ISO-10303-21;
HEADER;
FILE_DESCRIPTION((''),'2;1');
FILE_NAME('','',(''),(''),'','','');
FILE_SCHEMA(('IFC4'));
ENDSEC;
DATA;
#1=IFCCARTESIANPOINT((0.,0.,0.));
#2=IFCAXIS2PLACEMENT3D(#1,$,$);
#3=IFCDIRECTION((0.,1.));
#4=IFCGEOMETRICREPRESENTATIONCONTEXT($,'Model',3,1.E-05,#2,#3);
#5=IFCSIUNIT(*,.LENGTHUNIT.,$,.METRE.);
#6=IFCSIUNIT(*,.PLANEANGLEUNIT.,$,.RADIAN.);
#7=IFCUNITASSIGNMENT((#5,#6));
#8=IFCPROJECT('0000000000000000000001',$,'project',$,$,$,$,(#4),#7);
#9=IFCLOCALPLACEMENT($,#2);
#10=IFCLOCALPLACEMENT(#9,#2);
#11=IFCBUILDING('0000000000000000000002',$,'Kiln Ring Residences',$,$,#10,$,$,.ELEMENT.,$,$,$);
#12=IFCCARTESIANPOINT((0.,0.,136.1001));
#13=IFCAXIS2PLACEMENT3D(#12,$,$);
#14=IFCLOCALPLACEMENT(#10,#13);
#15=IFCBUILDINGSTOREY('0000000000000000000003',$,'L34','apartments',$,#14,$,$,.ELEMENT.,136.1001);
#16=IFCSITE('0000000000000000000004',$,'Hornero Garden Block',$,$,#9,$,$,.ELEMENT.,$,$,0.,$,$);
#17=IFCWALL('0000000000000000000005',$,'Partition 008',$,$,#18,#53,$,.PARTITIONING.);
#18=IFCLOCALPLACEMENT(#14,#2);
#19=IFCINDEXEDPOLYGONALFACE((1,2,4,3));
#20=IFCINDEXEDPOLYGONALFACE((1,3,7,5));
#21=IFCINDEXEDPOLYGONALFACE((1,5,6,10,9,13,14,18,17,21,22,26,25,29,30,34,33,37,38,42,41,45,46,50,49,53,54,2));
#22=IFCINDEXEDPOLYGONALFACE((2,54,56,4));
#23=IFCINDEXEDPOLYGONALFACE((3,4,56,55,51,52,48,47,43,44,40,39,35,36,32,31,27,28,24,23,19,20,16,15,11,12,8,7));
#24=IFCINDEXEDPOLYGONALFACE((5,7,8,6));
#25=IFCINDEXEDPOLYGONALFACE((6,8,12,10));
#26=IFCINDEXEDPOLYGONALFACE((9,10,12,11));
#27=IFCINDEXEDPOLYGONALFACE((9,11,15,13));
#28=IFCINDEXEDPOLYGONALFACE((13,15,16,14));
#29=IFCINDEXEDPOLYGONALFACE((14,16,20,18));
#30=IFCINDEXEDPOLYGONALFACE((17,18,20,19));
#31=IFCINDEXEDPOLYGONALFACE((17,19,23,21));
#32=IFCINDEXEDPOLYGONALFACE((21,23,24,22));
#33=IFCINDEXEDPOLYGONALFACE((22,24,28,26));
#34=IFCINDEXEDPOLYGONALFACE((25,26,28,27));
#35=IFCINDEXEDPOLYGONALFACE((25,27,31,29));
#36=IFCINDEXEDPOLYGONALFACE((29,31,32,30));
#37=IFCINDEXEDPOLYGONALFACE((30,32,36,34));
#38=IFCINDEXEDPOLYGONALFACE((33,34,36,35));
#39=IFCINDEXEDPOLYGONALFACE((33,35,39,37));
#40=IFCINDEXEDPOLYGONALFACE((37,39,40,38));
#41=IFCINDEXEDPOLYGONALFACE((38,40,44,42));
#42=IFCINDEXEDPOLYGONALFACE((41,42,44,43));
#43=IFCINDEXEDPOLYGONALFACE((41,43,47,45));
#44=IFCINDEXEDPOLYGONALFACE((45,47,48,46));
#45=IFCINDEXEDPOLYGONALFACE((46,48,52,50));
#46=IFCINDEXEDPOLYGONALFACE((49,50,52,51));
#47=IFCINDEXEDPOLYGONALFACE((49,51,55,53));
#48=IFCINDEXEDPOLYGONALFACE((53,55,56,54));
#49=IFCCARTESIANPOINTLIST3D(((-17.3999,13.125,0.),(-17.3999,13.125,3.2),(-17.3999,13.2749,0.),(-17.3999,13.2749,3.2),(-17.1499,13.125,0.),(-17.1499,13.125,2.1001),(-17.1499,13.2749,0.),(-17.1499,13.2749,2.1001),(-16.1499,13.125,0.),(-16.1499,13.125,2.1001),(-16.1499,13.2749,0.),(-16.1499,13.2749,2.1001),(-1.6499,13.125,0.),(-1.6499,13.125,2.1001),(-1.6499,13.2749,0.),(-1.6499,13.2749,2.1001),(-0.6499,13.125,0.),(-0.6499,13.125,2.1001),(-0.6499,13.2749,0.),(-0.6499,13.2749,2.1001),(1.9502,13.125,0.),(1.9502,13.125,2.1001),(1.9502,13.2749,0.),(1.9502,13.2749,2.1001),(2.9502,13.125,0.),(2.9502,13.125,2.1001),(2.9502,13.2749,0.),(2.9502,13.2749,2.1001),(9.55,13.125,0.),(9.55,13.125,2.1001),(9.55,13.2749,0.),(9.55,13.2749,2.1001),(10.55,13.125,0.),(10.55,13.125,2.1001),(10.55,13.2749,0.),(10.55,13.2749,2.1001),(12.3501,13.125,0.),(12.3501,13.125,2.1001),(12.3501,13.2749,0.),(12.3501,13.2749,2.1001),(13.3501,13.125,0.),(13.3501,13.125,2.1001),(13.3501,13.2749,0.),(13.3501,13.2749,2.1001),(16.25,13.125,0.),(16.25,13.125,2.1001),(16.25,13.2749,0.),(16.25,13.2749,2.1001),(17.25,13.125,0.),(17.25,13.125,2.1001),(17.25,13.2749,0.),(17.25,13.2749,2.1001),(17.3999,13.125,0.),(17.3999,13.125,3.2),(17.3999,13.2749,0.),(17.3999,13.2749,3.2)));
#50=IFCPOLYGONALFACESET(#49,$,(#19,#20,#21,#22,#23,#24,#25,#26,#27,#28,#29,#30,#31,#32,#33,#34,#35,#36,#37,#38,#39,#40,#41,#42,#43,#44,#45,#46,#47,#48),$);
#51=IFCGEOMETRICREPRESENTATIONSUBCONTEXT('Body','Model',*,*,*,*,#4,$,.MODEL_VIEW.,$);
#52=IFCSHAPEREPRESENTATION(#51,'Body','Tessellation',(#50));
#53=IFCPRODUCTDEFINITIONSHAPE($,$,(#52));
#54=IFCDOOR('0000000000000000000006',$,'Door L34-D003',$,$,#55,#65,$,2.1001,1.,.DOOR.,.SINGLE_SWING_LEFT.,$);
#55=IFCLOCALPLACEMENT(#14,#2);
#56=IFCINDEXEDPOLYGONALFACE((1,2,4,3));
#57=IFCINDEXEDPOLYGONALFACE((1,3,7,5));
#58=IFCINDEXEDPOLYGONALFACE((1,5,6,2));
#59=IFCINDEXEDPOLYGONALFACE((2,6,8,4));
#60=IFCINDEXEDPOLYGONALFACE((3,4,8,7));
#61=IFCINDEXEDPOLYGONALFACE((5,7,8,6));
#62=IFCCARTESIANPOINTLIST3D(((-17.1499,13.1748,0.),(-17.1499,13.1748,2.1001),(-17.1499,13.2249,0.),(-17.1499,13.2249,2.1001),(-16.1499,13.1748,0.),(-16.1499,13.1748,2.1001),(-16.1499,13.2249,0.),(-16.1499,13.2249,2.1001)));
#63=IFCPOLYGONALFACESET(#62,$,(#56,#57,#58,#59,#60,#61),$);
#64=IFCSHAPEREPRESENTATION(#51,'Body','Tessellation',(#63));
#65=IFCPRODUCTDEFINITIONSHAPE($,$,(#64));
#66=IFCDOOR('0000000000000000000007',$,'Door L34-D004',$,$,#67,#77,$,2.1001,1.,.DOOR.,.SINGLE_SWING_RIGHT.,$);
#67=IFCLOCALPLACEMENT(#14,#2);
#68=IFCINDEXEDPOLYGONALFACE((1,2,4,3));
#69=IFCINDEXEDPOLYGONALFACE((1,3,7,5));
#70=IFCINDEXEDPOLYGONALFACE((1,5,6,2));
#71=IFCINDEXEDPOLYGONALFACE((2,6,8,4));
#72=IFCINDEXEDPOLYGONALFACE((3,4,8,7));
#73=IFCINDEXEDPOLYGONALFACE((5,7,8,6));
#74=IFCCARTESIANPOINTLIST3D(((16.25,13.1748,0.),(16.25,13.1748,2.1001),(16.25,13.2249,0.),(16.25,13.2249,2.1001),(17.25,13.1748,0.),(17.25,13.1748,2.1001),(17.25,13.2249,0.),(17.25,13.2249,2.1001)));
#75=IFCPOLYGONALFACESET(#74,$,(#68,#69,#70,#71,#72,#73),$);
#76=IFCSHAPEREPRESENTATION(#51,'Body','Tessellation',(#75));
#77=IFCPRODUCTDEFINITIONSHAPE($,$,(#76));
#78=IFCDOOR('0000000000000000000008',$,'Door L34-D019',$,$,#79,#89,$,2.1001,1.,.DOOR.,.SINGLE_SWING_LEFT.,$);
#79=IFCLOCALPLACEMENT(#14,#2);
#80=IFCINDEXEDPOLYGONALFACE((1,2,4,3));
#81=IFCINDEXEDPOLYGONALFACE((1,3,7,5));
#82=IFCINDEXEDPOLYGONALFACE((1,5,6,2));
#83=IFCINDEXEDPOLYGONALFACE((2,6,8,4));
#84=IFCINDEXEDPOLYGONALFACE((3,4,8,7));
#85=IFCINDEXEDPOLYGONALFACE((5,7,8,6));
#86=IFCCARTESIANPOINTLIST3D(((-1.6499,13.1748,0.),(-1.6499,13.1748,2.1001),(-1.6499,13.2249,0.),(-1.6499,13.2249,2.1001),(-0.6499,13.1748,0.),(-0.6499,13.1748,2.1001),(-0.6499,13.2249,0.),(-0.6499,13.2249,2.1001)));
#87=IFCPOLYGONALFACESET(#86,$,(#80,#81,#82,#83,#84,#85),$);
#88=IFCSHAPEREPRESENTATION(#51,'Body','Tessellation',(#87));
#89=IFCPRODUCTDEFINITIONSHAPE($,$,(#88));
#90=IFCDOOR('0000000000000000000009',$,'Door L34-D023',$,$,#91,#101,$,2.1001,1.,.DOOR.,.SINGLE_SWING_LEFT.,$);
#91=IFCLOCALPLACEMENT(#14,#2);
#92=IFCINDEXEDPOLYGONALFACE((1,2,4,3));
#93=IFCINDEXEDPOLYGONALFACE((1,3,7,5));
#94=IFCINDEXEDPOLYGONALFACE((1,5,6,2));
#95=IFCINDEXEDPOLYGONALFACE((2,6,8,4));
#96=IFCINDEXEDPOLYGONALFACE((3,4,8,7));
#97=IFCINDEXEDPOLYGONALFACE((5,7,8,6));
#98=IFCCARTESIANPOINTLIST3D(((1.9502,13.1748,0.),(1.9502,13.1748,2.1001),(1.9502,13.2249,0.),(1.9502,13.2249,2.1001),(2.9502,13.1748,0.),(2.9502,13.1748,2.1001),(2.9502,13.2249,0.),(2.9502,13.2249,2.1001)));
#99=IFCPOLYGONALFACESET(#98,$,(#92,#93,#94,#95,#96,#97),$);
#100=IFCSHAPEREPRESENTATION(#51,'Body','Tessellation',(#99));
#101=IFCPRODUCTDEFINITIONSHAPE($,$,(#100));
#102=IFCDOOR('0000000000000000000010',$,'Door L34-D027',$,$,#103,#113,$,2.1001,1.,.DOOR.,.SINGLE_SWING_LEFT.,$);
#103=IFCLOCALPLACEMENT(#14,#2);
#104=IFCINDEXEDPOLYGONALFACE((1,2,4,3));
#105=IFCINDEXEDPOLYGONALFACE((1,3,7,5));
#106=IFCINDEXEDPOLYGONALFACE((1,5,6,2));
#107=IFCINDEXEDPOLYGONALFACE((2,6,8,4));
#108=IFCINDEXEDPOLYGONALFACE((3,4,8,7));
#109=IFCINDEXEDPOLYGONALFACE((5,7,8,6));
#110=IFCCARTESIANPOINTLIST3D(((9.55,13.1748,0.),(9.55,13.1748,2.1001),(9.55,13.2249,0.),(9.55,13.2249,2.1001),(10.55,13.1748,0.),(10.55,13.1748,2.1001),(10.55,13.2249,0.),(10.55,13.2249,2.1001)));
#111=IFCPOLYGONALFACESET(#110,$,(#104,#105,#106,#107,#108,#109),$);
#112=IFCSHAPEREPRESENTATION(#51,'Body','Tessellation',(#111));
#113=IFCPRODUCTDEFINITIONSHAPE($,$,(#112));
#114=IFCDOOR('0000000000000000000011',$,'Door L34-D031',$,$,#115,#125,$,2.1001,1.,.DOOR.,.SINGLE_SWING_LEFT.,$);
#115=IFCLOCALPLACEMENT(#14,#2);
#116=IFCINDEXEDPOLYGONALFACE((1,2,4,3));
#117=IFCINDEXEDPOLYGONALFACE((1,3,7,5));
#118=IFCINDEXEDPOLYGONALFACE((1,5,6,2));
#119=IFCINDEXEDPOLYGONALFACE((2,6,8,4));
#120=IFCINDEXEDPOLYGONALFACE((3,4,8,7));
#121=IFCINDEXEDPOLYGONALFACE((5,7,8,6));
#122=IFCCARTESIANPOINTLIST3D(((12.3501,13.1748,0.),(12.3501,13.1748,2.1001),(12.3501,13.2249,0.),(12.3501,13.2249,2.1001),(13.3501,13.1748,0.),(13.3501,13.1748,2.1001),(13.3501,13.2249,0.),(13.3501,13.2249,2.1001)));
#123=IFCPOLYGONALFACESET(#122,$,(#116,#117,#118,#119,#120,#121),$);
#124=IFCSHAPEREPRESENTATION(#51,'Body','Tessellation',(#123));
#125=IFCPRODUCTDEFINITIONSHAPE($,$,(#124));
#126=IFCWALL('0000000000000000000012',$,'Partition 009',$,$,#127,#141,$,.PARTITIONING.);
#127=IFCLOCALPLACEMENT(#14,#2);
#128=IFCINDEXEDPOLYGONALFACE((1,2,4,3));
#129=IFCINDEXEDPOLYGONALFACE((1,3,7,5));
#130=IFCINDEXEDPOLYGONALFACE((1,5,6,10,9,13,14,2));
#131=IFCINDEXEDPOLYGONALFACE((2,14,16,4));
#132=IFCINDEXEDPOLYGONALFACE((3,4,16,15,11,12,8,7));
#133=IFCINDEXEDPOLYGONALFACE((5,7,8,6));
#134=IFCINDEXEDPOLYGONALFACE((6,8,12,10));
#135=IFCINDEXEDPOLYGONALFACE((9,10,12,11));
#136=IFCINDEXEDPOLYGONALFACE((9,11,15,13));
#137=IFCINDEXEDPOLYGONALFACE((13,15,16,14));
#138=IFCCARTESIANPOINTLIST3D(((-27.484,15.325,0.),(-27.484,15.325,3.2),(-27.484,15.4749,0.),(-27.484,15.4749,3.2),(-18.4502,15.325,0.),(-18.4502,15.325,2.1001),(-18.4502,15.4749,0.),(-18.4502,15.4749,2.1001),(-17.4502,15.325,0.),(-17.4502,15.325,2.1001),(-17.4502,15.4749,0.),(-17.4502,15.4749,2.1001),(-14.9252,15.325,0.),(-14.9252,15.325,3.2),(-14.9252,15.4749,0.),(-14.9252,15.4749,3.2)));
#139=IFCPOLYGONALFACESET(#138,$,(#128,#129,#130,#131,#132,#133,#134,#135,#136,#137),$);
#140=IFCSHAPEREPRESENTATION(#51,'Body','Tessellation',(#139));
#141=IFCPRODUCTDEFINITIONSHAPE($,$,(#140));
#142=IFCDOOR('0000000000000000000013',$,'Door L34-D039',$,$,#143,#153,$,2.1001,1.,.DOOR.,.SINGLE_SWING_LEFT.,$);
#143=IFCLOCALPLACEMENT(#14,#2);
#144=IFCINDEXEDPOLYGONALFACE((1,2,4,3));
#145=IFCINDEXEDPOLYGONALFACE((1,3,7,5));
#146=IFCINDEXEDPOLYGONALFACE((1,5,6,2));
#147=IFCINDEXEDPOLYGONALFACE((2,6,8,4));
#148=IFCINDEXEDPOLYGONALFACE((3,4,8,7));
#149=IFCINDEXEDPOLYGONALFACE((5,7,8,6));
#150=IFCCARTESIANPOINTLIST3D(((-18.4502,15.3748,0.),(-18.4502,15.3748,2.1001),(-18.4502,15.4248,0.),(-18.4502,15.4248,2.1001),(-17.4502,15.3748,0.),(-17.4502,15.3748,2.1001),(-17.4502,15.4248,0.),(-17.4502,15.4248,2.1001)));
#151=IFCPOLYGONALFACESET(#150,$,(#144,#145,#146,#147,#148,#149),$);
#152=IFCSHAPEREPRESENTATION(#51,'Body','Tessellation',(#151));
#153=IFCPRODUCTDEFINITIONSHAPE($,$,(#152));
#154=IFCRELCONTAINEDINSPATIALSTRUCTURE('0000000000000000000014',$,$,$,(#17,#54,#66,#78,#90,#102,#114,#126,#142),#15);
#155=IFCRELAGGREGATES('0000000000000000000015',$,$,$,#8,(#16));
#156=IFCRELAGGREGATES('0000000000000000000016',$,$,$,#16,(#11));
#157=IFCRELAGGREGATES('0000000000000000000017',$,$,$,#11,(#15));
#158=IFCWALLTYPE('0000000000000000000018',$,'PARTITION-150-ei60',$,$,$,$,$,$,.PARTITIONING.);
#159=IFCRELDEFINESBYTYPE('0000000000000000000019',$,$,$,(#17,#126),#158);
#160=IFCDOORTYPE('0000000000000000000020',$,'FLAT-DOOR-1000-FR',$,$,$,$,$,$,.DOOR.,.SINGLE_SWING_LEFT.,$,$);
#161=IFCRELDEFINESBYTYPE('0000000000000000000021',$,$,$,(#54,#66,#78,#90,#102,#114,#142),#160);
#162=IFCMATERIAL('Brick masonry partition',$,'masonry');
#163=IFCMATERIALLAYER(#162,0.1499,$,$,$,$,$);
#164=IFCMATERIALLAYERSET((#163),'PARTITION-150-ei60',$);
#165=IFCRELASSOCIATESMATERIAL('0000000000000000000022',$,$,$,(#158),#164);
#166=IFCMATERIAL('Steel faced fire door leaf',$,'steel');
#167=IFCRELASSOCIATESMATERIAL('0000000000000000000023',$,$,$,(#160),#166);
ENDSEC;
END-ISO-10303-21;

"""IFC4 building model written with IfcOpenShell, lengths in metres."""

from ifc_helpers import new_model, si_unit, direction, frame, frame_2d, origin, place, context, subcontext, project, spatial, rectangle, extrude, material, layer, layer_set, type_object, element, fill, save


model = new_model("IFC4")

# Units and contexts
model_context = context("Model", 3, precision=1e-05, world=origin(), true_north=direction((0.0, 1.0)))
body_context = subcontext(model_context, "Body", "Model", "MODEL_VIEW")
ifc_project = project(units=[si_unit("LENGTHUNIT", "METRE"), si_unit("PLANEANGLEUNIT", "RADIAN")], contexts=[model_context])

# Site, building, storey
site_placement = place(None, origin())
site = spatial("IfcSite", under=ifc_project, at=site_placement, Name="Hornero Garden Block", CompositionType="ELEMENT", RefElevation=0.0)
building_placement = place(site_placement, origin())
building = spatial("IfcBuilding", under=site, at=building_placement, Name="Kiln Ring Residences", CompositionType="ELEMENT")
storey_placement = place(building_placement, frame((0.0, 0.0, 136.1001)))
storey = spatial("IfcBuildingStorey", under=building, at=storey_placement, Name="L34", Description="apartments", CompositionType="ELEMENT", Elevation=136.1001)

# Wall, openings, doors
ifc_material_1 = material(Name="Brick masonry partition", Category="masonry")
ifc_layer_1 = layer(ifc_material_1, 0.1499)
ifc_layer_set_1 = layer_set([ifc_layer_1], Name="PARTITION-150-ei60")
wall_type_1 = type_object("IfcWallType", Name="PARTITION-150-ei60", PredefinedType="PARTITIONING", material=ifc_layer_set_1)
wall_1_placement = place(storey_placement, frame((-17.3999, 13.2, 0.0), z_axis=(0.0, 0.0, 1.0), x_axis=(1.0, 0.0, 0.0)))
wall_1 = element("IfcWall", 1, at=wall_1_placement, inside=storey, type_object=wall_type_1, Name="Partition 008", PredefinedType="PARTITIONING", context=body_context, shape_type="SweptSolid", body=[
    extrude(rectangle(XDim=34.7998, YDim=0.1499, at=frame_2d((17.3999, 0.0))), origin(), (0.0, 0.0, 1.0), 3.2),
])
opening_1_placement = place(wall_1_placement, frame((0.25, 0.0, 0.0)))
opening_1 = element("IfcOpeningElement", 2, at=opening_1_placement, cuts=wall_1, PredefinedType="OPENING", context=body_context, shape_type="SweptSolid", body=[
    extrude(rectangle(XDim=1.0, YDim=2.1001, at=frame_2d((0.5, 1.05))), frame((0.0, 0.085, 0.0), z_axis=(0.0, -1.0, 0.0), x_axis=(1.0, 0.0, 0.0)), (0.0, 0.0, 1.0), 0.1699),
])
opening_2_placement = place(wall_1_placement, frame((33.6499, 0.0, 0.0)))
opening_2 = element("IfcOpeningElement", 3, at=opening_2_placement, cuts=wall_1, PredefinedType="OPENING", context=body_context, shape_type="SweptSolid", body=[
    extrude(rectangle(XDim=1.0, YDim=2.1001, at=frame_2d((0.5, 1.05))), frame((0.0, 0.085, 0.0), z_axis=(0.0, -1.0, 0.0), x_axis=(1.0, 0.0, 0.0)), (0.0, 0.0, 1.0), 0.1699),
])
opening_3_placement = place(wall_1_placement, frame((15.75, 0.0, 0.0)))
opening_3 = element("IfcOpeningElement", 4, at=opening_3_placement, cuts=wall_1, PredefinedType="OPENING", context=body_context, shape_type="SweptSolid", body=[
    extrude(rectangle(XDim=1.0, YDim=2.1001, at=frame_2d((0.5, 1.05))), frame((0.0, 0.085, 0.0), z_axis=(0.0, -1.0, 0.0), x_axis=(1.0, 0.0, 0.0)), (0.0, 0.0, 1.0), 0.1699),
])
opening_4_placement = place(wall_1_placement, frame((19.3501, 0.0, 0.0)))
opening_4 = element("IfcOpeningElement", 5, at=opening_4_placement, cuts=wall_1, PredefinedType="OPENING", context=body_context, shape_type="SweptSolid", body=[
    extrude(rectangle(XDim=1.0, YDim=2.1001, at=frame_2d((0.5, 1.05))), frame((0.0, 0.085, 0.0), z_axis=(0.0, -1.0, 0.0), x_axis=(1.0, 0.0, 0.0)), (0.0, 0.0, 1.0), 0.1699),
])
opening_5_placement = place(wall_1_placement, frame((26.95, 0.0, 0.0)))
opening_5 = element("IfcOpeningElement", 6, at=opening_5_placement, cuts=wall_1, PredefinedType="OPENING", context=body_context, shape_type="SweptSolid", body=[
    extrude(rectangle(XDim=1.0, YDim=2.1001, at=frame_2d((0.5, 1.05))), frame((0.0, 0.085, 0.0), z_axis=(0.0, -1.0, 0.0), x_axis=(1.0, 0.0, 0.0)), (0.0, 0.0, 1.0), 0.1699),
])
opening_6_placement = place(wall_1_placement, frame((29.75, 0.0, 0.0)))
opening_6 = element("IfcOpeningElement", 7, at=opening_6_placement, cuts=wall_1, PredefinedType="OPENING", context=body_context, shape_type="SweptSolid", body=[
    extrude(rectangle(XDim=1.0, YDim=2.1001, at=frame_2d((0.5, 1.05))), frame((0.0, 0.085, 0.0), z_axis=(0.0, -1.0, 0.0), x_axis=(1.0, 0.0, 0.0)), (0.0, 0.0, 1.0), 0.1699),
])
ifc_material_2 = material(Name="Steel faced fire door leaf", Category="steel")
door_type_1 = type_object("IfcDoorType", Name="FLAT-DOOR-1000-FR", OperationType="SINGLE_SWING_LEFT", PredefinedType="DOOR", material=ifc_material_2)
door_1_placement = place(opening_1_placement, origin())
door_1 = element("IfcDoor", 8, at=door_1_placement, inside=storey, type_object=door_type_1, Name="Door L34-D003", OperationType="SINGLE_SWING_LEFT", OverallHeight=2.1001, OverallWidth=1.0, PredefinedType="DOOR", context=body_context, shape_type="SweptSolid", body=[
    extrude(rectangle(XDim=1.0, YDim=2.1001, at=frame_2d((0.5, 1.05))), frame((0.0, 0.0249, 0.0), z_axis=(0.0, -1.0, 0.0), x_axis=(1.0, 0.0, 0.0)), (0.0, 0.0, 1.0), 0.05),
])
fill(opening_1, door_1)
door_2_placement = place(opening_2_placement, origin())
door_2 = element("IfcDoor", 9, at=door_2_placement, inside=storey, type_object=door_type_1, Name="Door L34-D004", OperationType="SINGLE_SWING_RIGHT", OverallHeight=2.1001, OverallWidth=1.0, PredefinedType="DOOR", context=body_context, shape_type="SweptSolid", body=[
    extrude(rectangle(XDim=1.0, YDim=2.1001, at=frame_2d((0.5, 1.05))), frame((0.0, 0.0249, 0.0), z_axis=(0.0, -1.0, 0.0), x_axis=(1.0, 0.0, 0.0)), (0.0, 0.0, 1.0), 0.05),
])
fill(opening_2, door_2)
door_3_placement = place(opening_3_placement, origin())
door_3 = element("IfcDoor", 10, at=door_3_placement, inside=storey, type_object=door_type_1, Name="Door L34-D019", OperationType="SINGLE_SWING_LEFT", OverallHeight=2.1001, OverallWidth=1.0, PredefinedType="DOOR", context=body_context, shape_type="SweptSolid", body=[
    extrude(rectangle(XDim=1.0, YDim=2.1001, at=frame_2d((0.5, 1.05))), frame((0.0, 0.0249, 0.0), z_axis=(0.0, -1.0, 0.0), x_axis=(1.0, 0.0, 0.0)), (0.0, 0.0, 1.0), 0.05),
])
fill(opening_3, door_3)
door_4_placement = place(opening_4_placement, origin())
door_4 = element("IfcDoor", 11, at=door_4_placement, inside=storey, type_object=door_type_1, Name="Door L34-D023", OperationType="SINGLE_SWING_LEFT", OverallHeight=2.1001, OverallWidth=1.0, PredefinedType="DOOR", context=body_context, shape_type="SweptSolid", body=[
    extrude(rectangle(XDim=1.0, YDim=2.1001, at=frame_2d((0.5, 1.05))), frame((0.0, 0.0249, 0.0), z_axis=(0.0, -1.0, 0.0), x_axis=(1.0, 0.0, 0.0)), (0.0, 0.0, 1.0), 0.05),
])
fill(opening_4, door_4)
door_5_placement = place(opening_5_placement, origin())
door_5 = element("IfcDoor", 12, at=door_5_placement, inside=storey, type_object=door_type_1, Name="Door L34-D027", OperationType="SINGLE_SWING_LEFT", OverallHeight=2.1001, OverallWidth=1.0, PredefinedType="DOOR", context=body_context, shape_type="SweptSolid", body=[
    extrude(rectangle(XDim=1.0, YDim=2.1001, at=frame_2d((0.5, 1.05))), frame((0.0, 0.0249, 0.0), z_axis=(0.0, -1.0, 0.0), x_axis=(1.0, 0.0, 0.0)), (0.0, 0.0, 1.0), 0.05),
])
fill(opening_5, door_5)
door_6_placement = place(opening_6_placement, origin())
door_6 = element("IfcDoor", 13, at=door_6_placement, inside=storey, type_object=door_type_1, Name="Door L34-D031", OperationType="SINGLE_SWING_LEFT", OverallHeight=2.1001, OverallWidth=1.0, PredefinedType="DOOR", context=body_context, shape_type="SweptSolid", body=[
    extrude(rectangle(XDim=1.0, YDim=2.1001, at=frame_2d((0.5, 1.05))), frame((0.0, 0.0249, 0.0), z_axis=(0.0, -1.0, 0.0), x_axis=(1.0, 0.0, 0.0)), (0.0, 0.0, 1.0), 0.05),
])
fill(opening_6, door_6)

# Wall, opening, door
wall_2_placement = place(storey_placement, frame((-27.4839, 15.3999, 0.0), z_axis=(0.0, 0.0, 1.0), x_axis=(1.0, 0.0, 0.0)))
wall_2 = element("IfcWall", 14, at=wall_2_placement, inside=storey, type_object=wall_type_1, Name="Partition 009", PredefinedType="PARTITIONING", context=body_context, shape_type="SweptSolid", body=[
    extrude(rectangle(XDim=12.5588, YDim=0.1499, at=frame_2d((6.2793, 0.0))), origin(), (0.0, 0.0, 1.0), 3.2),
])
opening_7_placement = place(wall_2_placement, frame((9.0337, 0.0, 0.0)))
opening_7 = element("IfcOpeningElement", 15, at=opening_7_placement, cuts=wall_2, PredefinedType="OPENING", context=body_context, shape_type="SweptSolid", body=[
    extrude(rectangle(XDim=1.0, YDim=2.1001, at=frame_2d((0.5, 1.05))), frame((0.0, 0.085, 0.0), z_axis=(0.0, -1.0, 0.0), x_axis=(1.0, 0.0, 0.0)), (0.0, 0.0, 1.0), 0.1699),
])
door_7_placement = place(opening_7_placement, origin())
door_7 = element("IfcDoor", 16, at=door_7_placement, inside=storey, type_object=door_type_1, Name="Door L34-D039", OperationType="SINGLE_SWING_LEFT", OverallHeight=2.1001, OverallWidth=1.0, PredefinedType="DOOR", context=body_context, shape_type="SweptSolid", body=[
    extrude(rectangle(XDim=1.0, YDim=2.1001, at=frame_2d((0.5, 1.05))), frame((0.0, 0.0249, 0.0), z_axis=(0.0, -1.0, 0.0), x_axis=(1.0, 0.0, 0.0)), (0.0, 0.0, 1.0), 0.05),
])
fill(opening_7, door_7)

save(model, "model.ifc")
